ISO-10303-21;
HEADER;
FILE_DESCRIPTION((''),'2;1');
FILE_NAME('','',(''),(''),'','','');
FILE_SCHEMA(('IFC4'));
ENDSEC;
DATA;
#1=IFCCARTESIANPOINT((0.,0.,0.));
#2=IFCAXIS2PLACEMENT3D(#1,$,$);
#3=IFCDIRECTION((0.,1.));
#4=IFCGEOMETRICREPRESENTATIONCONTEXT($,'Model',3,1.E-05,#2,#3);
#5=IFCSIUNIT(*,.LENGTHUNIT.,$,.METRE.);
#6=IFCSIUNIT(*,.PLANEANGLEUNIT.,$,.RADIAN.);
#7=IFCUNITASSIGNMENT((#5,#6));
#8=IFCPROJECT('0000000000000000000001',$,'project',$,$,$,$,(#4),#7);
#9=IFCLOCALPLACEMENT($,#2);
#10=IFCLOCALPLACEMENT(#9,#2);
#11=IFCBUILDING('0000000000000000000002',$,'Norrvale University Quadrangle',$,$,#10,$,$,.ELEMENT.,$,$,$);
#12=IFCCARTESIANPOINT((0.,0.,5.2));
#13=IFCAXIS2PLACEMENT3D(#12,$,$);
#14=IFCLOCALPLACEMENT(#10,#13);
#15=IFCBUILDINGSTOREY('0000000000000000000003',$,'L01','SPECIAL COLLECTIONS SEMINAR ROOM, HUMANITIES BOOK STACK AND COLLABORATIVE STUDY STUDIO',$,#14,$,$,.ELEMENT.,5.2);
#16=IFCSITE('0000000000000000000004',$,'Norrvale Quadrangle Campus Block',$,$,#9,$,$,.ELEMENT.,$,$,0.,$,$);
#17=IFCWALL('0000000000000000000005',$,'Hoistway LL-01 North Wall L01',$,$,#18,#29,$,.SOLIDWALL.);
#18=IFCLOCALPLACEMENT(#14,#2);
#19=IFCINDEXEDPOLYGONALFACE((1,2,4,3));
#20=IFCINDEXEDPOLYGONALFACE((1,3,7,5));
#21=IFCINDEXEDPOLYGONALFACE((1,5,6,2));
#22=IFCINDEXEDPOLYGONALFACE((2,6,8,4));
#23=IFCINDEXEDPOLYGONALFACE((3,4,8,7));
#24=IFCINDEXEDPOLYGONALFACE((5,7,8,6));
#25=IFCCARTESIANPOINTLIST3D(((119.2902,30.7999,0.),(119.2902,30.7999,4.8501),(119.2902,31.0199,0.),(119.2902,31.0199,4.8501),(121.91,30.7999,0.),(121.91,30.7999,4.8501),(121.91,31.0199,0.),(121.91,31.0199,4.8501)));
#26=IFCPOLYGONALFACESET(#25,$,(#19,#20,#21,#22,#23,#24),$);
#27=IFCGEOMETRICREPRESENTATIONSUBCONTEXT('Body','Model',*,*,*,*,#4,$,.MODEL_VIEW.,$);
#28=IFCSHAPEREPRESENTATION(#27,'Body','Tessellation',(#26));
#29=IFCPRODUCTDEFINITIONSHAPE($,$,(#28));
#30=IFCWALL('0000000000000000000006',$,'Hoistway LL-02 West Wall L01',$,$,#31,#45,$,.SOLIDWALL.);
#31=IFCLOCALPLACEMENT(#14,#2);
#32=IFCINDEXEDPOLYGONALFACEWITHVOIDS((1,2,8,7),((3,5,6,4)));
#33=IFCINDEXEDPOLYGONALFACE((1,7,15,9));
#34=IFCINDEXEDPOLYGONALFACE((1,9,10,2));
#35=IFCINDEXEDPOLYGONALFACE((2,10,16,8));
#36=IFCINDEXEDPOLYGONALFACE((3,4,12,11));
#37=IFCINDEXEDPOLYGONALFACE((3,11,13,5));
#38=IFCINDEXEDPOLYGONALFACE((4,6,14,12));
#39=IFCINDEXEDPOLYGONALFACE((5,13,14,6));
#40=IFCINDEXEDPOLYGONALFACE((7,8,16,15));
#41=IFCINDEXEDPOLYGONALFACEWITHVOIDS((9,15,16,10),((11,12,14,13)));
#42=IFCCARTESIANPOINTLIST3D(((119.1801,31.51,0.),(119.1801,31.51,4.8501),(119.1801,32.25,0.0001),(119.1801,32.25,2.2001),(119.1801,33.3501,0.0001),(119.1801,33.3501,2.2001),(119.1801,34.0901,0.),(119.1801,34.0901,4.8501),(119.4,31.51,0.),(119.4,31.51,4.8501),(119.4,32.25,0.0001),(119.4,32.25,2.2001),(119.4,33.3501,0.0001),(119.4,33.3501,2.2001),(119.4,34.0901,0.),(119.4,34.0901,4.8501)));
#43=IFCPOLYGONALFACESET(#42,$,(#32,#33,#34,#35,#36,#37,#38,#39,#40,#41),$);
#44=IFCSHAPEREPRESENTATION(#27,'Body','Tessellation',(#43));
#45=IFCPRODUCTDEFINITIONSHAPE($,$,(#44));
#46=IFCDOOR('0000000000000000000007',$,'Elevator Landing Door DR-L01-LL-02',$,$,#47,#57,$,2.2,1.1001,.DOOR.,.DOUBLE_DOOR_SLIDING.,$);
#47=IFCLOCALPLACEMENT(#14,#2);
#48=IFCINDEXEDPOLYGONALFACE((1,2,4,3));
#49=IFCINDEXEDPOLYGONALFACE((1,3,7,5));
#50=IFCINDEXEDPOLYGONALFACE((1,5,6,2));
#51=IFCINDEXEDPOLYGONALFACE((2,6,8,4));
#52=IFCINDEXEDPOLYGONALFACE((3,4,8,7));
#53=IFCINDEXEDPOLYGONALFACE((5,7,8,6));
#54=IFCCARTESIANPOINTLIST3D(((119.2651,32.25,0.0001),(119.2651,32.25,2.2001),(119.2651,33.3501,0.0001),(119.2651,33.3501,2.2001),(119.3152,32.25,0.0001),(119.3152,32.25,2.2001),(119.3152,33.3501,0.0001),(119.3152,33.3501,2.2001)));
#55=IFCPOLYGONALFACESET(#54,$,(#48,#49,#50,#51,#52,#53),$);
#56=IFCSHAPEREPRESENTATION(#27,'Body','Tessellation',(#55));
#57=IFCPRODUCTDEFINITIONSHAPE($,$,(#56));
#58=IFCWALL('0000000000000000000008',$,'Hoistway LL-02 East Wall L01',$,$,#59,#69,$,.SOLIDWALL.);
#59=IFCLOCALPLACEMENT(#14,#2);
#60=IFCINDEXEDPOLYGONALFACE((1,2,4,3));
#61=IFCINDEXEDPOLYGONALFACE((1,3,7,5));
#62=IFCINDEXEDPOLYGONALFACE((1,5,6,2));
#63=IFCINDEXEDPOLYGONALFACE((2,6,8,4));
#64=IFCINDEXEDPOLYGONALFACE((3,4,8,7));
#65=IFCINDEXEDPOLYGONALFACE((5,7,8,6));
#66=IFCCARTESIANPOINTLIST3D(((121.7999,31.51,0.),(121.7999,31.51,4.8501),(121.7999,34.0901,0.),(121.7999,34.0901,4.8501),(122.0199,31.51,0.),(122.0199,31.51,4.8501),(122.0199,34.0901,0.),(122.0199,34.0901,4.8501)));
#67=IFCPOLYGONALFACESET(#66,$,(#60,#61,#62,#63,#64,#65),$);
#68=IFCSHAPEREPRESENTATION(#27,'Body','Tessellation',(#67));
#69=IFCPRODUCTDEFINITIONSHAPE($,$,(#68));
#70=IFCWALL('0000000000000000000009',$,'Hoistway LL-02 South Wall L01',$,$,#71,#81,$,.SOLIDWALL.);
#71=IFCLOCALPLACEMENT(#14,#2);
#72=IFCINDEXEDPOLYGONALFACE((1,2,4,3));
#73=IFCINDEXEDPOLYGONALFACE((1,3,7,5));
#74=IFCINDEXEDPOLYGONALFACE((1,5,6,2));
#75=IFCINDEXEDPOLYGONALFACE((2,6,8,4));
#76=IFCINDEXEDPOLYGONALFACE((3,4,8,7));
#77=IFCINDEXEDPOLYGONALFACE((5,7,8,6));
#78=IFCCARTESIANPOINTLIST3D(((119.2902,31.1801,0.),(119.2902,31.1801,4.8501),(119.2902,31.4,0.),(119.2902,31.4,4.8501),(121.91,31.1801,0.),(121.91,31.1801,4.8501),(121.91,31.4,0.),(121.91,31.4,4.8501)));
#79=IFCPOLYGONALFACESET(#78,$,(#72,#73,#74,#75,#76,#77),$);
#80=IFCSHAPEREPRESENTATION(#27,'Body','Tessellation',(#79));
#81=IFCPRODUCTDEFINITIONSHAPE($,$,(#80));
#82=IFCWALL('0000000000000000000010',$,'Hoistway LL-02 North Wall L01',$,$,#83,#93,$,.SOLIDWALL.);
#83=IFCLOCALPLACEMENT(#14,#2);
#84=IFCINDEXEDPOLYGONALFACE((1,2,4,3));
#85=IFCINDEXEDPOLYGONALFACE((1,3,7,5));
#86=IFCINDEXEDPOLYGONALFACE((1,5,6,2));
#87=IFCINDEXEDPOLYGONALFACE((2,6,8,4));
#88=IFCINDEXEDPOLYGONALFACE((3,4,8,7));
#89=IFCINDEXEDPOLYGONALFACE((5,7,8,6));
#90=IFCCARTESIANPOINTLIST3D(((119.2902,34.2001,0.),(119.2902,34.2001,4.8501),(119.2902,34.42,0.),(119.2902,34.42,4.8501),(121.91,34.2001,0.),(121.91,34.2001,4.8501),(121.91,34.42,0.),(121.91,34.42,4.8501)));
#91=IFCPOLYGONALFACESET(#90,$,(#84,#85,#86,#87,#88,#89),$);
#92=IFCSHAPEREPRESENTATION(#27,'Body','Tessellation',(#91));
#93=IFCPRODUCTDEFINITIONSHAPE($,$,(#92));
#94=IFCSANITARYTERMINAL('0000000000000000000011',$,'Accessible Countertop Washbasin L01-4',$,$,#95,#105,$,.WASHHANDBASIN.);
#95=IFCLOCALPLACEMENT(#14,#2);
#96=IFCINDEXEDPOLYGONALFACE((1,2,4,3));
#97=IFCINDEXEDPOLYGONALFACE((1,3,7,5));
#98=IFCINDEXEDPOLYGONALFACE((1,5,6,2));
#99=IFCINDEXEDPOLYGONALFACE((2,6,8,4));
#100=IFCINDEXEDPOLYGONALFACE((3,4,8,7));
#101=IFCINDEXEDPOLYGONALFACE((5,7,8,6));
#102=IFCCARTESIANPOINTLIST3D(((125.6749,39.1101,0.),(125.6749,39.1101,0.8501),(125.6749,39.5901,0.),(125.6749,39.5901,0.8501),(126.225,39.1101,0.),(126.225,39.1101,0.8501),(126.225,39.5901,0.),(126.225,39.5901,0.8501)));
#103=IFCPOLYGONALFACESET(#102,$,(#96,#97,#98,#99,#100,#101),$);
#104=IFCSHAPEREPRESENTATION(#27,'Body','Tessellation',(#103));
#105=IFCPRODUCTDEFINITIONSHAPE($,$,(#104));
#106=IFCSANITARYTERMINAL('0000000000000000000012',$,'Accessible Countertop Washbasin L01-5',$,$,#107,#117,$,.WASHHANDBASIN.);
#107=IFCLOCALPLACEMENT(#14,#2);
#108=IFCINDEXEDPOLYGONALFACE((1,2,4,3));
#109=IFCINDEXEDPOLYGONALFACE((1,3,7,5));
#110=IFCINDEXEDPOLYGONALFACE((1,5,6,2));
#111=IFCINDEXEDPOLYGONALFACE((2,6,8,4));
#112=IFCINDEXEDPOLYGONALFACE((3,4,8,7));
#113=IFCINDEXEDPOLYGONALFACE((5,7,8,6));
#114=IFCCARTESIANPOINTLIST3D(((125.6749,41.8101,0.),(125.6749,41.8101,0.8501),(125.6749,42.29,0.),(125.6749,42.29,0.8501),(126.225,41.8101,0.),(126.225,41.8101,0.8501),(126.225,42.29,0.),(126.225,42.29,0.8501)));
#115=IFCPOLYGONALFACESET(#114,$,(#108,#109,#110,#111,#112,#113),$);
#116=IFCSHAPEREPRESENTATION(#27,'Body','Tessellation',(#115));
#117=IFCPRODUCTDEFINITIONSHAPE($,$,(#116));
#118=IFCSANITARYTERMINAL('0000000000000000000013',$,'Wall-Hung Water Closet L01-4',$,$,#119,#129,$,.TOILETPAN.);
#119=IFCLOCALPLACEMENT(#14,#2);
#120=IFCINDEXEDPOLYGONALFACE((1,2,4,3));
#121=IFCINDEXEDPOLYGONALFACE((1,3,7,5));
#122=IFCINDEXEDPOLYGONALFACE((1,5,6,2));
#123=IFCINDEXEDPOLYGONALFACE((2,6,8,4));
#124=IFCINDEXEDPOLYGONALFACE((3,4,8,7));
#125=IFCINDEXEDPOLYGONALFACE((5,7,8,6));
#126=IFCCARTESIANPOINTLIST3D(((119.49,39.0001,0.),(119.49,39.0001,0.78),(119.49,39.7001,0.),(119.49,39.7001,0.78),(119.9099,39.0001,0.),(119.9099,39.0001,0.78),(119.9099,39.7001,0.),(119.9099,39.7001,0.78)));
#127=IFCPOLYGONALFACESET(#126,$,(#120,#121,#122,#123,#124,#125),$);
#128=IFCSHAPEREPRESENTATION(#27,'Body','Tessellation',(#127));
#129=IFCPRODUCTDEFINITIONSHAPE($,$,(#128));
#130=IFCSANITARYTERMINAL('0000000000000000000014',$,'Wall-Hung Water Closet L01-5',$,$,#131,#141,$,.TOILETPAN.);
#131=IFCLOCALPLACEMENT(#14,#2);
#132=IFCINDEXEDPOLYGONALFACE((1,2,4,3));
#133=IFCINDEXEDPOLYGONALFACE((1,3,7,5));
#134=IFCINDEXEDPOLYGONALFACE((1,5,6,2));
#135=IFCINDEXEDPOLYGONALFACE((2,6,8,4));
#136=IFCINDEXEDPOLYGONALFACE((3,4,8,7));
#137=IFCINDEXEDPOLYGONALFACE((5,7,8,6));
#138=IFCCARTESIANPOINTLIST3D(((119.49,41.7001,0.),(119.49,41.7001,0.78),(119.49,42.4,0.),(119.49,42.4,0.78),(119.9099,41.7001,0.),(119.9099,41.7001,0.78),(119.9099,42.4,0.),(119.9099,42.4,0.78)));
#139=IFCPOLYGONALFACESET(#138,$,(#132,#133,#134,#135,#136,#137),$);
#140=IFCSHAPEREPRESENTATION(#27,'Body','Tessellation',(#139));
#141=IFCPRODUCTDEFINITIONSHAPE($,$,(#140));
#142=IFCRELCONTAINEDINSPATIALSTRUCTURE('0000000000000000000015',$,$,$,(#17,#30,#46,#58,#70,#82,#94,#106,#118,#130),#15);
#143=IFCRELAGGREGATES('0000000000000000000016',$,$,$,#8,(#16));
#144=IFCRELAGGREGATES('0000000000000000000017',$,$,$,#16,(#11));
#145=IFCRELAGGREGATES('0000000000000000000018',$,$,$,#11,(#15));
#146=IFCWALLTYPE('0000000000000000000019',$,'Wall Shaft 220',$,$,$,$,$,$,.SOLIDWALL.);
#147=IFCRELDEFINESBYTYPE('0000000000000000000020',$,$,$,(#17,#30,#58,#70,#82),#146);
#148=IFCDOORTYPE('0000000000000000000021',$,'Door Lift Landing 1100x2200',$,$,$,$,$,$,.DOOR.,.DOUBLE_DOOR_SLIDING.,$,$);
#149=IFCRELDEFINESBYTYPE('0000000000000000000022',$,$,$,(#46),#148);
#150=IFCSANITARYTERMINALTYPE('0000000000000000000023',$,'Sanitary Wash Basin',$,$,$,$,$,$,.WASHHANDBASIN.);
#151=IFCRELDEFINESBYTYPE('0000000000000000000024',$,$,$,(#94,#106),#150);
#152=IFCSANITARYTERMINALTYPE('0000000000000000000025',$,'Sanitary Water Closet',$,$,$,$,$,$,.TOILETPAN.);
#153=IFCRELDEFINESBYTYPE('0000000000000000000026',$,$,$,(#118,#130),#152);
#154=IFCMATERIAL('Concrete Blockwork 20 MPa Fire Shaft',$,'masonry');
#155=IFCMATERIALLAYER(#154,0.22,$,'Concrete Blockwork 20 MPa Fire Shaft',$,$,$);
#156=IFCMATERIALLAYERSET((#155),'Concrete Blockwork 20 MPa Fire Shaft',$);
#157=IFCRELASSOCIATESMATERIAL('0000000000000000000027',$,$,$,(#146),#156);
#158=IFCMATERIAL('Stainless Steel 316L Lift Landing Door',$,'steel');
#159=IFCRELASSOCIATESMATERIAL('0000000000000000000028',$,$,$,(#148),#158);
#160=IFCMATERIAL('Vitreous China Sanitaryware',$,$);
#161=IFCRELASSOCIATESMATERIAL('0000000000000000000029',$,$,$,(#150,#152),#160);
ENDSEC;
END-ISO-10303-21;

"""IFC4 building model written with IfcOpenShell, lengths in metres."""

from ifc_helpers import new_model, si_unit, direction, frame, frame_2d, origin, origin_2d, place, context, subcontext, project, spatial, rectangle, extrude, material, layer, layer_set, type_object, element, fill, save


model = new_model("IFC4")

# Units and contexts
model_context = context("Model", 3, precision=1e-05, world=origin(), true_north=direction((0.0, 1.0)))
body_context = subcontext(model_context, "Body", "Model", "MODEL_VIEW")
ifc_project = project(units=[si_unit("LENGTHUNIT", "METRE"), si_unit("PLANEANGLEUNIT", "RADIAN")], contexts=[model_context])

# Site, building, storey
site_placement = place(None, origin())
site = spatial("IfcSite", under=ifc_project, at=site_placement, Name="Norrvale Quadrangle Campus Block", CompositionType="ELEMENT", RefElevation=0.0)
building_placement = place(site_placement, origin())
building = spatial("IfcBuilding", under=site, at=building_placement, Name="Norrvale University Quadrangle", CompositionType="ELEMENT")
storey_placement = place(building_placement, frame((0.0, 0.0, 5.2)))
storey = spatial("IfcBuildingStorey", under=building, at=storey_placement, Name="L01", Description="SPECIAL COLLECTIONS SEMINAR ROOM, HUMANITIES BOOK STACK AND COLLABORATIVE STUDY STUDIO", CompositionType="ELEMENT", Elevation=5.2)

# Shared definitions
ifc_material_1 = material(Name="Concrete Blockwork 20 MPa Fire Shaft", Category="masonry")
ifc_layer_1 = layer(ifc_material_1, 0.22, Name="Concrete Blockwork 20 MPa Fire Shaft")
ifc_layer_set_1 = layer_set([ifc_layer_1], Name="Concrete Blockwork 20 MPa Fire Shaft")
wall_type_1 = type_object("IfcWallType", Name="Wall Shaft 220", PredefinedType="SOLIDWALL", material=ifc_layer_set_1)
ifc_material_2 = material(Name="Stainless Steel 316L Lift Landing Door", Category="steel")
door_type_1 = type_object("IfcDoorType", Name="Door Lift Landing 1100x2200", OperationType="DOUBLE_DOOR_SLIDING", PredefinedType="DOOR", material=ifc_material_2)

# Wall
wall_1_placement = place(storey_placement, frame((119.29, 30.9099, 0.0), z_axis=(0.0, 0.0, 1.0), x_axis=(1.0, 0.0, 0.0)))
element("IfcWall", 1, at=wall_1_placement, inside=storey, type_object=wall_type_1, Name="Hoistway LL-01 North Wall L01", PredefinedType="SOLIDWALL", context=body_context, shape_type="SweptSolid", body=[
    extrude(rectangle(XDim=2.6199, YDim=0.22, at=frame_2d((1.3101, 0.0))), origin(), (0.0, 0.0, 1.0), 4.8501),
])

# Wall, opening, door
wall_2_placement = place(storey_placement, frame((119.29, 31.51, 0.0), z_axis=(0.0, 0.0, 1.0), x_axis=(0.0, 1.0, 0.0)))
wall_2 = element("IfcWall", 2, at=wall_2_placement, inside=storey, type_object=wall_type_1, Name="Hoistway LL-02 West Wall L01", PredefinedType="SOLIDWALL", context=body_context, shape_type="SweptSolid", body=[
    extrude(rectangle(XDim=2.5801, YDim=0.22, at=frame_2d((1.29, 0.0))), origin(), (0.0, 0.0, 1.0), 4.8501),
])
opening_1_placement = place(wall_2_placement, frame((0.74, 0.0, 0.0)))
opening_1 = element("IfcOpeningElement", 3, at=opening_1_placement, cuts=wall_2, PredefinedType="OPENING", context=body_context, shape_type="SweptSolid", body=[
    extrude(rectangle(XDim=1.1001, YDim=2.2, at=frame_2d((0.55, 1.1001))), frame((0.0, 0.1221, 0.0), z_axis=(0.0, -1.0, 0.0), x_axis=(1.0, 0.0, 0.0)), (0.0, 0.0, 1.0), 0.2439),
])
door_1_placement = place(opening_1_placement, origin())
door_1 = element("IfcDoor", 4, at=door_1_placement, inside=storey, type_object=door_type_1, Name="Elevator Landing Door DR-L01-LL-02", OperationType="DOUBLE_DOOR_SLIDING", OverallHeight=2.2, OverallWidth=1.1001, PredefinedType="DOOR", context=body_context, shape_type="SweptSolid", body=[
    extrude(rectangle(XDim=1.1001, YDim=2.2, at=frame_2d((0.55, 1.1001))), frame((0.0, 0.0249, 0.0), z_axis=(0.0, -1.0, 0.0), x_axis=(1.0, 0.0, 0.0)), (0.0, 0.0, 1.0), 0.05),
])
fill(opening_1, door_1)

# Walls
wall_3_placement = place(storey_placement, frame((121.9099, 31.51, 0.0), z_axis=(0.0, 0.0, 1.0), x_axis=(0.0, 1.0, 0.0)))
element("IfcWall", 5, at=wall_3_placement, inside=storey, type_object=wall_type_1, Name="Hoistway LL-02 East Wall L01", PredefinedType="SOLIDWALL", context=body_context, shape_type="SweptSolid", body=[
    extrude(rectangle(XDim=2.5801, YDim=0.22, at=frame_2d((1.29, 0.0))), origin(), (0.0, 0.0, 1.0), 4.8501),
])
for number, where, z_axis, x_axis, name in (
    (6, (119.29, 31.29, 0.0), (0.0, 0.0, 1.0), (1.0, 0.0, 0.0), "Hoistway LL-02 South Wall L01"),
    (7, (119.29, 34.3101, 0.0), (0.0, 0.0, 1.0), (1.0, 0.0, 0.0), "Hoistway LL-02 North Wall L01"),
):
    element("IfcWall", number, at=place(storey_placement, frame(where, z_axis=z_axis, x_axis=x_axis)), inside=storey, type_object=wall_type_1, Name=name, PredefinedType="SOLIDWALL", context=body_context, shape_type="SweptSolid", body=[
        extrude(rectangle(XDim=2.6199, YDim=0.22, at=frame_2d((1.3101, 0.0))), origin(), (0.0, 0.0, 1.0), 4.8501),
    ])

# Sanitary terminals
ifc_material_3 = material(Name="Vitreous China Sanitaryware")
sanitary_terminal_type_1 = type_object("IfcSanitaryTerminalType", Name="Sanitary Wash Basin", PredefinedType="WASHHANDBASIN", material=ifc_material_3)
for number, where, z_axis, x_axis, name in (
    (8, (125.95, 39.3501, 0.0), (0.0, 0.0, 1.0), (1.0, 0.0, 0.0), "Accessible Countertop Washbasin L01-4"),
    (9, (125.95, 42.05, 0.0), (0.0, 0.0, 1.0), (1.0, 0.0, 0.0), "Accessible Countertop Washbasin L01-5"),
):
    element("IfcSanitaryTerminal", number, at=place(storey_placement, frame(where, z_axis=z_axis, x_axis=x_axis)), inside=storey, type_object=sanitary_terminal_type_1, Name=name, PredefinedType="WASHHANDBASIN", context=body_context, shape_type="SweptSolid", body=[
        extrude(rectangle(XDim=0.55, YDim=0.48, at=origin_2d()), origin(), (0.0, 0.0, 1.0), 0.8501),
    ])
sanitary_terminal_type_2 = type_object("IfcSanitaryTerminalType", Name="Sanitary Water Closet", PredefinedType="TOILETPAN", material=ifc_material_3)
for number, where, z_axis, x_axis, name in (
    (10, (119.7, 39.3501, 0.0), (0.0, 0.0, 1.0), (1.0, 0.0, 0.0), "Wall-Hung Water Closet L01-4"),
    (11, (119.7, 42.05, 0.0), (0.0, 0.0, 1.0), (1.0, 0.0, 0.0), "Wall-Hung Water Closet L01-5"),
):
    element("IfcSanitaryTerminal", number, at=place(storey_placement, frame(where, z_axis=z_axis, x_axis=x_axis)), inside=storey, type_object=sanitary_terminal_type_2, Name=name, PredefinedType="TOILETPAN", context=body_context, shape_type="SweptSolid", body=[
        extrude(rectangle(XDim=0.4199, YDim=0.7, at=origin_2d()), origin(), (0.0, 0.0, 1.0), 0.78),
    ])

save(model, "model.ifc")
